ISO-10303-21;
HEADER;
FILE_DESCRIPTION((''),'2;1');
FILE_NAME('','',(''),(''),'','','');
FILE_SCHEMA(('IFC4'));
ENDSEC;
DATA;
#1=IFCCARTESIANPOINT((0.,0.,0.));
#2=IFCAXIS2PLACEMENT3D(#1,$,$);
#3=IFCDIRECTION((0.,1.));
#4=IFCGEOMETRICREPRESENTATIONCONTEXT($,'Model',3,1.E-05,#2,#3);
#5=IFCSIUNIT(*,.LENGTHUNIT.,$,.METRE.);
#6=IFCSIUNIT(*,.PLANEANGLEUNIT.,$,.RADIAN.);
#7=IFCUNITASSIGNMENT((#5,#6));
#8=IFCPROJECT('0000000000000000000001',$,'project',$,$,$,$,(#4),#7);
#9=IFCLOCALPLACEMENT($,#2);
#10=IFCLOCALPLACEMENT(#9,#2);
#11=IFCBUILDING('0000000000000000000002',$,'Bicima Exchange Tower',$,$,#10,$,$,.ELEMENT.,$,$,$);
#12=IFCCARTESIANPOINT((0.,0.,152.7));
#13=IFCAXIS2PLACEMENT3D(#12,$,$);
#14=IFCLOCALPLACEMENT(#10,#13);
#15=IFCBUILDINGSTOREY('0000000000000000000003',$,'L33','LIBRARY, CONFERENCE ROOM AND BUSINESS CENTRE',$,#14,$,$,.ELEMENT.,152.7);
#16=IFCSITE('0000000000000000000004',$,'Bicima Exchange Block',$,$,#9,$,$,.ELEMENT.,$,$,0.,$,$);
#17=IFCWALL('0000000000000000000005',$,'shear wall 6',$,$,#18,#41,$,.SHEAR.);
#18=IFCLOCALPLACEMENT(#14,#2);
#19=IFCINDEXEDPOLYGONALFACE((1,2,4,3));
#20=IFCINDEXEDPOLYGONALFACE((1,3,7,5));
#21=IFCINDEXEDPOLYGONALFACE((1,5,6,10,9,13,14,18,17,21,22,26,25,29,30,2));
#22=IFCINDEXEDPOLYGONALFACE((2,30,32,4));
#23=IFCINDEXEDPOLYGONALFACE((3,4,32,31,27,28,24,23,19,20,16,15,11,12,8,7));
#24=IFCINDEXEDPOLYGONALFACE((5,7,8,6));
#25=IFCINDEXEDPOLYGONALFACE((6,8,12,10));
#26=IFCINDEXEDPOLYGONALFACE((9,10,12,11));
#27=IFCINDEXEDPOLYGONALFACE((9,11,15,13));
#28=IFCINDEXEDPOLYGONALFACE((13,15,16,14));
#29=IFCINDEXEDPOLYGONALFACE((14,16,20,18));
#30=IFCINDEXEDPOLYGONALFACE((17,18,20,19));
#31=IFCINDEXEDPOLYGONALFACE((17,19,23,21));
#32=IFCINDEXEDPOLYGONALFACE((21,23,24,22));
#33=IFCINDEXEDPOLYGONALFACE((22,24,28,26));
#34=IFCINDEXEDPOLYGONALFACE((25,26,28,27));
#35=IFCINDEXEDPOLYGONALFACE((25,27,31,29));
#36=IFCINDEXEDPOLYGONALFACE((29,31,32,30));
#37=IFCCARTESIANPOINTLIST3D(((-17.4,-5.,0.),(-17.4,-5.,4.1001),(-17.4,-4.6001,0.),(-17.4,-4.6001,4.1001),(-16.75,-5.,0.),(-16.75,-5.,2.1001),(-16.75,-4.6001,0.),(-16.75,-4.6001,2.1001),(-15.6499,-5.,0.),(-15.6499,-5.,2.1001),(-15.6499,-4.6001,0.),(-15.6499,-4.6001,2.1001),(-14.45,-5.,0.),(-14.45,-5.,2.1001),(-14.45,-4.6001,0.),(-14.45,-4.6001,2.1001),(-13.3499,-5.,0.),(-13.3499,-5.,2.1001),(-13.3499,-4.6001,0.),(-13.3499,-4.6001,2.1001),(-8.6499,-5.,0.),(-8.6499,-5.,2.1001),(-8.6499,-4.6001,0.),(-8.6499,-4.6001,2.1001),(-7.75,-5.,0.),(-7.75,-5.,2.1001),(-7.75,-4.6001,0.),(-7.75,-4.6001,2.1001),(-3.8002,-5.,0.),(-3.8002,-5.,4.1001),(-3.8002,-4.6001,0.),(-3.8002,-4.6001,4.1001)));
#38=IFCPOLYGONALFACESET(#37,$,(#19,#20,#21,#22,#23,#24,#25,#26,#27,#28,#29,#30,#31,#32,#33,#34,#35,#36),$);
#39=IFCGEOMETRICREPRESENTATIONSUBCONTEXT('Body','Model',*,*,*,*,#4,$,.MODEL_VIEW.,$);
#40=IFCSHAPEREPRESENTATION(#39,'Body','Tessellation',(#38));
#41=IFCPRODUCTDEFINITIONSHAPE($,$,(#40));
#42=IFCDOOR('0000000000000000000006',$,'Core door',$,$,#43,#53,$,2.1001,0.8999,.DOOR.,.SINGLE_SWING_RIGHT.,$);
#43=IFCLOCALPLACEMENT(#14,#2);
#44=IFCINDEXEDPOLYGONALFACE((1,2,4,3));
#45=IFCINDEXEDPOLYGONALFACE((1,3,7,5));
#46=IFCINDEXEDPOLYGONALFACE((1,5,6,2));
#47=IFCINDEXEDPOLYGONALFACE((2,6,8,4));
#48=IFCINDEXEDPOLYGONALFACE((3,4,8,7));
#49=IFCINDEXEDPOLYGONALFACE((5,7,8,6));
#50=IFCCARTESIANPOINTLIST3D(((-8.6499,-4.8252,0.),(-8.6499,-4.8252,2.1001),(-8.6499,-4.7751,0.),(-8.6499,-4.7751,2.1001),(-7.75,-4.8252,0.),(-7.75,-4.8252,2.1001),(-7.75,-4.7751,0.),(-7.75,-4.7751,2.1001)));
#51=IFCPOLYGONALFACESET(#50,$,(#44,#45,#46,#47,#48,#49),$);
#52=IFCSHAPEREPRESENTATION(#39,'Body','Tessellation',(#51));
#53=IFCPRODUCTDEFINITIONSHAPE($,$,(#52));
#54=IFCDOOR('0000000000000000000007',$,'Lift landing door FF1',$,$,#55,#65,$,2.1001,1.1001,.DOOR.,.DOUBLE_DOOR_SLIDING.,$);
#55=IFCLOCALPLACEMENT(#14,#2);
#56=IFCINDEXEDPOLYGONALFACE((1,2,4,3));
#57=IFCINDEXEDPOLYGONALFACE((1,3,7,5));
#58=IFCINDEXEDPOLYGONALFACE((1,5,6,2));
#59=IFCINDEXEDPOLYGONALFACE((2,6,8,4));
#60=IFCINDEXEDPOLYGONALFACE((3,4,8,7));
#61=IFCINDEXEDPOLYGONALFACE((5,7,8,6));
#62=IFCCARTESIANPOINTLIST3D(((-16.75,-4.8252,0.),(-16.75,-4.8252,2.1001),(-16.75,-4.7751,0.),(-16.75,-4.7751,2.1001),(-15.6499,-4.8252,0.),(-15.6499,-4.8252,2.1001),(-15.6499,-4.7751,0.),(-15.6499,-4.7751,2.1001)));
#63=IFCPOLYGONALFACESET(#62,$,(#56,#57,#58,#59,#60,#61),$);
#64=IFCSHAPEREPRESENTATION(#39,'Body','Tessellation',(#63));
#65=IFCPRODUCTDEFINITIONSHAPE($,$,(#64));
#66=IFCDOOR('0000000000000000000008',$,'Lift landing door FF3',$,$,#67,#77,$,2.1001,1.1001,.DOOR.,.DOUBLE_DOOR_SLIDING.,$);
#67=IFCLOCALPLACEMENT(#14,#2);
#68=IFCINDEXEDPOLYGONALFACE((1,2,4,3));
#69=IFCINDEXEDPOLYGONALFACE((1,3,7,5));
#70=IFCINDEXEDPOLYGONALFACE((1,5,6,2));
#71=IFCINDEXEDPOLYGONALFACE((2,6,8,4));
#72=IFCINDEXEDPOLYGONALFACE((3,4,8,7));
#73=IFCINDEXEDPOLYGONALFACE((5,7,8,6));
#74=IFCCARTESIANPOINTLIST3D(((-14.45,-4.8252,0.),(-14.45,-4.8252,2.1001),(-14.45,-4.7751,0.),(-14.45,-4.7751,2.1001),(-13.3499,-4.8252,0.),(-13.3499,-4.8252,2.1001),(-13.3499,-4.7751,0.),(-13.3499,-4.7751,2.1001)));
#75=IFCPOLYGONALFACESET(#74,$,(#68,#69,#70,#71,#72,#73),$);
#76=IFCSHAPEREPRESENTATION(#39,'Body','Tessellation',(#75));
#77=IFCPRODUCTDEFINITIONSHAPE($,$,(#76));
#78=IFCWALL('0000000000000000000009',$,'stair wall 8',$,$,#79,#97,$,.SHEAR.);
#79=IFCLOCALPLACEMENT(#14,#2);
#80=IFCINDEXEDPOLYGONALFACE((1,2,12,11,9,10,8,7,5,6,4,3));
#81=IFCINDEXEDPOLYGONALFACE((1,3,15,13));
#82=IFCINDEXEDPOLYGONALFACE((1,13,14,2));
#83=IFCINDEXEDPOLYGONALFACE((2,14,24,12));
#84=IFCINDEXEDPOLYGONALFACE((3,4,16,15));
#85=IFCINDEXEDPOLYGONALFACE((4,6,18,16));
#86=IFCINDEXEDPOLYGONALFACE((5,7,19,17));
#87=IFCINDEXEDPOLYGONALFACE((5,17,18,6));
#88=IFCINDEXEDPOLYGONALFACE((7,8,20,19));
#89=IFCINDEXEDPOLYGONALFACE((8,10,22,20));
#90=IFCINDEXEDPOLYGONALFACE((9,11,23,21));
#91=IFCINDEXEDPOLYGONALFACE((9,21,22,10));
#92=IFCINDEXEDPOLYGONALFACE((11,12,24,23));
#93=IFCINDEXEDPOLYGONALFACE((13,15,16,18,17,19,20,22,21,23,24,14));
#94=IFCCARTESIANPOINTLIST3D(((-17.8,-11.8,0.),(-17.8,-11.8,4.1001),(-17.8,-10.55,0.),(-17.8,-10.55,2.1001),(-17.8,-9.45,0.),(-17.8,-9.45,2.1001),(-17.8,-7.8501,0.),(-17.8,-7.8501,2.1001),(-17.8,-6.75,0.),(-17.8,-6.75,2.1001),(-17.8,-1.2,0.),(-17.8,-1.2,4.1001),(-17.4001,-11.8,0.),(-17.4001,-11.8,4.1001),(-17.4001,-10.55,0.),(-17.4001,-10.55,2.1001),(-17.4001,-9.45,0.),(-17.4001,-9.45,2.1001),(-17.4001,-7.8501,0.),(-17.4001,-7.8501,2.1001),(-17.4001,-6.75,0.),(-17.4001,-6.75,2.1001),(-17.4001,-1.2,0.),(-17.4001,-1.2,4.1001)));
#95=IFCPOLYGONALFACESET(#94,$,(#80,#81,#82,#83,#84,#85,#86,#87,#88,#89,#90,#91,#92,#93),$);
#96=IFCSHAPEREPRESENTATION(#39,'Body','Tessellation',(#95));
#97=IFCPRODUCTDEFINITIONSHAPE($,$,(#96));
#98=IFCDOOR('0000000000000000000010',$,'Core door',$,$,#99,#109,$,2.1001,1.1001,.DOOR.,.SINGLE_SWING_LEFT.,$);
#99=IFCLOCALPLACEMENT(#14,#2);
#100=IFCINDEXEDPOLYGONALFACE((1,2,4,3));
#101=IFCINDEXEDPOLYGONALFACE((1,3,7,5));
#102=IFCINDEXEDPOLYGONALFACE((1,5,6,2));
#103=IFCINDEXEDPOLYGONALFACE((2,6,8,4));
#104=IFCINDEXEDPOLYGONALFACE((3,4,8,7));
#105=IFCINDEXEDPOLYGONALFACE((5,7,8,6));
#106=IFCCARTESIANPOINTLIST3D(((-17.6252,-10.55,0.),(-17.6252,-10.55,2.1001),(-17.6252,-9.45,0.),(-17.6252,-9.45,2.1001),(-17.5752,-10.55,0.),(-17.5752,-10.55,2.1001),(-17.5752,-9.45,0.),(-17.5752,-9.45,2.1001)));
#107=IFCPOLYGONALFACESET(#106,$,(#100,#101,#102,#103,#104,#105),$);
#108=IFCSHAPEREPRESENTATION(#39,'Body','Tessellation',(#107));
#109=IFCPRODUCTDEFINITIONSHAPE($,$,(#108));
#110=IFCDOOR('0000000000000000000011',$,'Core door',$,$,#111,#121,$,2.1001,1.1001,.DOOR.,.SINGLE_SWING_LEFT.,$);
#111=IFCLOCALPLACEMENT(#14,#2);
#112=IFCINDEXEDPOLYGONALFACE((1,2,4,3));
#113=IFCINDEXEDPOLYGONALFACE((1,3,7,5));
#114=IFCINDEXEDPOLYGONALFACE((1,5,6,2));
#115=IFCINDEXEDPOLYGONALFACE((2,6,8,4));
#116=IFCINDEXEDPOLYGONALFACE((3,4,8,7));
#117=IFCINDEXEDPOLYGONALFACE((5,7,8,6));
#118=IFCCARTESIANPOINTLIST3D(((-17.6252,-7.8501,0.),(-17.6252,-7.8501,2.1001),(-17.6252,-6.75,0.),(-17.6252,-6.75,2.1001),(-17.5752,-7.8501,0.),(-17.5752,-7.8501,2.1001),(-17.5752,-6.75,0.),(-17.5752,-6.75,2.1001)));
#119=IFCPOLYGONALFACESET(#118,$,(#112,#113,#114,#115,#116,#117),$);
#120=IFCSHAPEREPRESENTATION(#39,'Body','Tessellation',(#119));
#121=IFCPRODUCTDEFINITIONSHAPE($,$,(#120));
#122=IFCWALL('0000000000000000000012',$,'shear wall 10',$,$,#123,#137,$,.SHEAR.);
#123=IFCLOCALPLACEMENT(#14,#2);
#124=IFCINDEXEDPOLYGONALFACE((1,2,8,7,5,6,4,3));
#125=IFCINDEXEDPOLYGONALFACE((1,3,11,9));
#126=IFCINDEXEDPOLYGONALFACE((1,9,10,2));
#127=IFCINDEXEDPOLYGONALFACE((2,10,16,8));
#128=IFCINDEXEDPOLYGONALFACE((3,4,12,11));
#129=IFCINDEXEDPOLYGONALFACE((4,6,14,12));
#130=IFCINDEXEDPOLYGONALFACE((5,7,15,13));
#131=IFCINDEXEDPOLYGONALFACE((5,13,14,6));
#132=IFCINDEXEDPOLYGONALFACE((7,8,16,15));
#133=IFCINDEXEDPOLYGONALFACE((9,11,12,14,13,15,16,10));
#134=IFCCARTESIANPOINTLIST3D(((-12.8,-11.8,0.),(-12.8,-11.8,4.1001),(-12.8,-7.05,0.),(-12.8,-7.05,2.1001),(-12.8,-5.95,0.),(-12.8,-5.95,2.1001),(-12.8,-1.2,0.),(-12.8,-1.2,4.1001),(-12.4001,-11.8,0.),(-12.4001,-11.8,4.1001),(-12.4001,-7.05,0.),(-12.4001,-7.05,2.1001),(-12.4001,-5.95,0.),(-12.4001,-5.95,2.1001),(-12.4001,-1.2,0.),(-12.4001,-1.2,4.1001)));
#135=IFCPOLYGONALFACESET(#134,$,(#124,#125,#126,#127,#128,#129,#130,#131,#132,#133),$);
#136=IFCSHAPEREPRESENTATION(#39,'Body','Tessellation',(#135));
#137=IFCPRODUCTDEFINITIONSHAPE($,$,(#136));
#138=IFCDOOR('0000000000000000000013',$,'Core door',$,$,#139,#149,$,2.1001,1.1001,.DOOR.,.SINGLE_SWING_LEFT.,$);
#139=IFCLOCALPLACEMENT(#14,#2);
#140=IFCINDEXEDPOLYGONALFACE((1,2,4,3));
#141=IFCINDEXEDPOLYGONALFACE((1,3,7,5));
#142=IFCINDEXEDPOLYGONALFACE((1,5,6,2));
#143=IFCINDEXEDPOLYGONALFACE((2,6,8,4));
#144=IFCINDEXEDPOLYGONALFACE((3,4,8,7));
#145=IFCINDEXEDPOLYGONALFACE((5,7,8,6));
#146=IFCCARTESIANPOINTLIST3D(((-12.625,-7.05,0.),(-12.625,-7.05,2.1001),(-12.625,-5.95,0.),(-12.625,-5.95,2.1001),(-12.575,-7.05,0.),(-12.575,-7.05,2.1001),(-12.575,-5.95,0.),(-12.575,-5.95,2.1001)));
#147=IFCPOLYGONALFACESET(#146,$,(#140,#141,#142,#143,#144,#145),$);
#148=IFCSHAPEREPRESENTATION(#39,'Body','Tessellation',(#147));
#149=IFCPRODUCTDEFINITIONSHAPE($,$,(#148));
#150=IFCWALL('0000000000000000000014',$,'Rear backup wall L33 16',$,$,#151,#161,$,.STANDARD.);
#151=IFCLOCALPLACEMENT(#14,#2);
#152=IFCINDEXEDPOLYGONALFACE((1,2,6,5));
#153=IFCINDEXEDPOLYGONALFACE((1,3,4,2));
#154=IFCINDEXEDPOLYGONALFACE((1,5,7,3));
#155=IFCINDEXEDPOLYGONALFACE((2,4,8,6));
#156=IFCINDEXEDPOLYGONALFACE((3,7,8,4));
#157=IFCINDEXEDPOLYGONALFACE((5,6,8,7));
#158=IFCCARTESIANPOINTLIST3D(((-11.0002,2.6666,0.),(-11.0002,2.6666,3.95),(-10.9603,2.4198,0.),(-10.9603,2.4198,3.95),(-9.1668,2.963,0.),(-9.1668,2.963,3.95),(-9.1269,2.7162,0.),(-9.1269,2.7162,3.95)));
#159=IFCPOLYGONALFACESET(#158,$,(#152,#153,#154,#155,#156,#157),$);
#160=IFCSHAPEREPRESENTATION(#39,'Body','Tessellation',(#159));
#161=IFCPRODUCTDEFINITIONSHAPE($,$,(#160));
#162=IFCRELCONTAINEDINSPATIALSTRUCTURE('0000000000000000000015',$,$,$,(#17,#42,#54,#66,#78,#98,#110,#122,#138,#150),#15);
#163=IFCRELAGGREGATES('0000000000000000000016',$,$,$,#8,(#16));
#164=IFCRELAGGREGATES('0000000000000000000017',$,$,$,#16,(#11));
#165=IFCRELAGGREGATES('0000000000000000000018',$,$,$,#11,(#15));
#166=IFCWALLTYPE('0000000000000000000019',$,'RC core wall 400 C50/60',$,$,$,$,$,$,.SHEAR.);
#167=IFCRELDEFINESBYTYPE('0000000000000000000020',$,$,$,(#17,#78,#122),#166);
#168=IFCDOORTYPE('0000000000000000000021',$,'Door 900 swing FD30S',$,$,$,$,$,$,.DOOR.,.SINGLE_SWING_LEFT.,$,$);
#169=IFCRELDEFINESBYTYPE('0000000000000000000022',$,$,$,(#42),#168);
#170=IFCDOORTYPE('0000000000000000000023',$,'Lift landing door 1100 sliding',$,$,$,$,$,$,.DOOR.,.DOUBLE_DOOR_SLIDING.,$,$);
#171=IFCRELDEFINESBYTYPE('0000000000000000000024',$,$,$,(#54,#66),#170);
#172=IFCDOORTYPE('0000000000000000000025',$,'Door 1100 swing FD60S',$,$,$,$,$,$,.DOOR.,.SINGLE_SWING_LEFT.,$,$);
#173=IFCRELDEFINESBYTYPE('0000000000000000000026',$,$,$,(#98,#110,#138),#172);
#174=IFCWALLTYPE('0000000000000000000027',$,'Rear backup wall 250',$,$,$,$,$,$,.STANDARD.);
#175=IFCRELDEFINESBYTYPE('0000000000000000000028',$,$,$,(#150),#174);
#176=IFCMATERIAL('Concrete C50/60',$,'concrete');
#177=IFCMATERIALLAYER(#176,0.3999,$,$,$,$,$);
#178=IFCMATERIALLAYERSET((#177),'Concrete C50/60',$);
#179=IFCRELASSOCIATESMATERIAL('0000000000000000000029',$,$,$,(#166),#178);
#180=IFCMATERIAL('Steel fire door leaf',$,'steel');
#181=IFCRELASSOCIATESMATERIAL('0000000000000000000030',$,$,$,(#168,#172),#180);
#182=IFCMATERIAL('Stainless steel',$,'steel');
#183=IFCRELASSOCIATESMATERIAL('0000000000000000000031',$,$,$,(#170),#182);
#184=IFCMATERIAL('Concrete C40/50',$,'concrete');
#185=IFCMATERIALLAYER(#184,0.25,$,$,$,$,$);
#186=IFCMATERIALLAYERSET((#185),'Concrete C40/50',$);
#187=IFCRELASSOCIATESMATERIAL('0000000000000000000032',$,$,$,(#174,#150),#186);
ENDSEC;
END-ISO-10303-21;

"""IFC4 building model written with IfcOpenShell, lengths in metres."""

from ifc_helpers import new_model, si_unit, direction, frame, frame_2d, origin, place, context, subcontext, project, spatial, rectangle, extrude, material, layer, layer_set, layer_usage, type_object, element, fill, save


model = new_model("IFC4")

# Units and contexts
model_context = context("Model", 3, precision=1e-05, world=origin(), true_north=direction((0.0, 1.0)))
body_context = subcontext(model_context, "Body", "Model", "MODEL_VIEW")
ifc_project = project(units=[si_unit("LENGTHUNIT", "METRE"), si_unit("PLANEANGLEUNIT", "RADIAN")], contexts=[model_context])

# Site, building, storey
site_placement = place(None, origin())
site = spatial("IfcSite", under=ifc_project, at=site_placement, Name="Bicima Exchange Block", CompositionType="ELEMENT", RefElevation=0.0)
building_placement = place(site_placement, origin())
building = spatial("IfcBuilding", under=site, at=building_placement, Name="Bicima Exchange Tower", CompositionType="ELEMENT")
storey_placement = place(building_placement, frame((0.0, 0.0, 152.7)))
storey = spatial("IfcBuildingStorey", under=building, at=storey_placement, Name="L33", Description="LIBRARY, CONFERENCE ROOM AND BUSINESS CENTRE", CompositionType="ELEMENT", Elevation=152.7)

# Walls, openings, doors
ifc_material_1 = material(Name="Concrete C50/60", Category="concrete")
ifc_layer_1 = layer(ifc_material_1, 0.3999)
ifc_layer_set_1 = layer_set([ifc_layer_1], Name="Concrete C50/60")
wall_type_1 = type_object("IfcWallType", Name="RC core wall 400 C50/60", PredefinedType="SHEAR", material=ifc_layer_set_1)
ifc_material_2 = material(Name="Steel fire door leaf", Category="steel")
door_type_1 = type_object("IfcDoorType", Name="Door 900 swing FD30S", OperationType="SINGLE_SWING_LEFT", PredefinedType="DOOR", material=ifc_material_2)
ifc_material_3 = material(Name="Stainless steel", Category="steel")
wall_1_placement = place(storey_placement, frame((-17.3999, -4.8, 0.0), z_axis=(0.0, 0.0, 1.0), x_axis=(1.0, 0.0, 0.0)))
wall_1 = element("IfcWall", 1, at=wall_1_placement, inside=storey, type_object=wall_type_1, Name="shear wall 6", PredefinedType="SHEAR", context=body_context, shape_type="SweptSolid", body=[
    extrude(rectangle(XDim=13.5999, YDim=0.3999, at=frame_2d((6.7998, 0.0))), origin(), (0.0, 0.0, 1.0), 4.1001),
])
opening_1_placement = place(wall_1_placement, frame((0.6499, 0.0, 0.0)))
opening_1 = element("IfcOpeningElement", 2, at=opening_1_placement, cuts=wall_1, PredefinedType="OPENING", context=body_context, shape_type="SweptSolid", body=[
    extrude(rectangle(XDim=1.1001, YDim=2.1001, at=frame_2d((0.55, 1.05))), frame((0.0, 0.2119, 0.0), z_axis=(0.0, -1.0, 0.0), x_axis=(1.0, 0.0, 0.0)), (0.0, 0.0, 1.0), 0.4238),
])
opening_2_placement = place(wall_1_placement, frame((2.95, 0.0, 0.0)))
opening_2 = element("IfcOpeningElement", 3, at=opening_2_placement, cuts=wall_1, PredefinedType="OPENING", context=body_context, shape_type="SweptSolid", body=[
    extrude(rectangle(XDim=1.1001, YDim=2.1001, at=frame_2d((0.55, 1.05))), frame((0.0, 0.2119, 0.0), z_axis=(0.0, -1.0, 0.0), x_axis=(1.0, 0.0, 0.0)), (0.0, 0.0, 1.0), 0.4238),
])
opening_3_placement = place(wall_1_placement, frame((8.75, 0.0, 0.0)))
opening_3 = element("IfcOpeningElement", 4, at=opening_3_placement, cuts=wall_1, PredefinedType="OPENING", context=body_context, shape_type="SweptSolid", body=[
    extrude(rectangle(XDim=0.8999, YDim=2.1001, at=frame_2d((0.45, 1.05))), frame((0.0, 0.2119, 0.0), z_axis=(0.0, -1.0, 0.0), x_axis=(1.0, 0.0, 0.0)), (0.0, 0.0, 1.0), 0.4238),
])
door_1_placement = place(opening_3_placement, origin())
door_1 = element("IfcDoor", 5, at=door_1_placement, inside=storey, type_object=door_type_1, Name="Core door", OperationType="SINGLE_SWING_RIGHT", OverallHeight=2.1001, OverallWidth=0.8999, PredefinedType="DOOR", context=body_context, shape_type="SweptSolid", body=[
    extrude(rectangle(XDim=0.8999, YDim=2.1001, at=frame_2d((0.45, 1.05))), frame((0.0, 0.0249, 0.0), z_axis=(0.0, -1.0, 0.0), x_axis=(1.0, 0.0, 0.0)), (0.0, 0.0, 1.0), 0.05),
])
fill(opening_3, door_1)
door_type_2 = type_object("IfcDoorType", Name="Lift landing door 1100 sliding", OperationType="DOUBLE_DOOR_SLIDING", PredefinedType="DOOR", material=ifc_material_3)
door_2_placement = place(opening_1_placement, origin())
door_2 = element("IfcDoor", 6, at=door_2_placement, inside=storey, type_object=door_type_2, Name="Lift landing door FF1", OperationType="DOUBLE_DOOR_SLIDING", OverallHeight=2.1001, OverallWidth=1.1001, PredefinedType="DOOR", context=body_context, shape_type="SweptSolid", body=[
    extrude(rectangle(XDim=1.1001, YDim=2.1001, at=frame_2d((0.55, 1.05))), frame((0.0, 0.0249, 0.0), z_axis=(0.0, -1.0, 0.0), x_axis=(1.0, 0.0, 0.0)), (0.0, 0.0, 1.0), 0.05),
])
fill(opening_1, door_2)
door_3_placement = place(opening_2_placement, origin())
door_3 = element("IfcDoor", 7, at=door_3_placement, inside=storey, type_object=door_type_2, Name="Lift landing door FF3", OperationType="DOUBLE_DOOR_SLIDING", OverallHeight=2.1001, OverallWidth=1.1001, PredefinedType="DOOR", context=body_context, shape_type="SweptSolid", body=[
    extrude(rectangle(XDim=1.1001, YDim=2.1001, at=frame_2d((0.55, 1.05))), frame((0.0, 0.0249, 0.0), z_axis=(0.0, -1.0, 0.0), x_axis=(1.0, 0.0, 0.0)), (0.0, 0.0, 1.0), 0.05),
])
fill(opening_2, door_3)
wall_2_placement = place(storey_placement, frame((-17.6001, -11.8, 0.0), z_axis=(0.0, 0.0, 1.0), x_axis=(0.0, 1.0, 0.0)))
wall_2 = element("IfcWall", 8, at=wall_2_placement, inside=storey, type_object=wall_type_1, Name="stair wall 8", PredefinedType="SHEAR", context=body_context, shape_type="SweptSolid", body=[
    extrude(rectangle(XDim=10.6001, YDim=0.3999, at=frame_2d((5.3, 0.0))), origin(), (0.0, 0.0, 1.0), 4.1001),
])
opening_4_placement = place(wall_2_placement, frame((1.25, 0.0, 0.0)))
opening_4 = element("IfcOpeningElement", 9, at=opening_4_placement, cuts=wall_2, PredefinedType="OPENING", context=body_context, shape_type="SweptSolid", body=[
    extrude(rectangle(XDim=1.1001, YDim=2.1001, at=frame_2d((0.55, 1.05))), frame((0.0, 0.2119, 0.0), z_axis=(0.0, -1.0, 0.0), x_axis=(1.0, 0.0, 0.0)), (0.0, 0.0, 1.0), 0.4238),
])
opening_5_placement = place(wall_2_placement, frame((3.95, 0.0, 0.0)))
opening_5 = element("IfcOpeningElement", 10, at=opening_5_placement, cuts=wall_2, PredefinedType="OPENING", context=body_context, shape_type="SweptSolid", body=[
    extrude(rectangle(XDim=1.1001, YDim=2.1001, at=frame_2d((0.55, 1.05))), frame((0.0, 0.2119, 0.0), z_axis=(0.0, -1.0, 0.0), x_axis=(1.0, 0.0, 0.0)), (0.0, 0.0, 1.0), 0.4238),
])
door_type_3 = type_object("IfcDoorType", Name="Door 1100 swing FD60S", OperationType="SINGLE_SWING_LEFT", PredefinedType="DOOR", material=ifc_material_2)
door_4_placement = place(opening_4_placement, frame((1.1001, 0.0, 0.0), z_axis=(0.0, 0.0, 1.0), x_axis=(-1.0, 0.0, 0.0)))
door_4 = element("IfcDoor", 11, at=door_4_placement, inside=storey, type_object=door_type_3, Name="Core door", OperationType="SINGLE_SWING_LEFT", OverallHeight=2.1001, OverallWidth=1.1001, PredefinedType="DOOR", context=body_context, shape_type="SweptSolid", body=[
    extrude(rectangle(XDim=1.1001, YDim=2.1001, at=frame_2d((0.55, 1.05))), frame((0.0, 0.0249, 0.0), z_axis=(0.0, -1.0, 0.0), x_axis=(1.0, 0.0, 0.0)), (0.0, 0.0, 1.0), 0.05),
])
fill(opening_4, door_4)
door_5_placement = place(opening_5_placement, frame((1.1001, 0.0, 0.0), z_axis=(0.0, 0.0, 1.0), x_axis=(-1.0, 0.0, 0.0)))
door_5 = element("IfcDoor", 12, at=door_5_placement, inside=storey, type_object=door_type_3, Name="Core door", OperationType="SINGLE_SWING_LEFT", OverallHeight=2.1001, OverallWidth=1.1001, PredefinedType="DOOR", context=body_context, shape_type="SweptSolid", body=[
    extrude(rectangle(XDim=1.1001, YDim=2.1001, at=frame_2d((0.55, 1.05))), frame((0.0, 0.0249, 0.0), z_axis=(0.0, -1.0, 0.0), x_axis=(1.0, 0.0, 0.0)), (0.0, 0.0, 1.0), 0.05),
])
fill(opening_5, door_5)

# Wall, opening, door
wall_3_placement = place(storey_placement, frame((-12.6001, -11.8, 0.0), z_axis=(0.0, 0.0, 1.0), x_axis=(0.0, 1.0, 0.0)))
wall_3 = element("IfcWall", 13, at=wall_3_placement, inside=storey, type_object=wall_type_1, Name="shear wall 10", PredefinedType="SHEAR", context=body_context, shape_type="SweptSolid", body=[
    extrude(rectangle(XDim=10.6001, YDim=0.3999, at=frame_2d((5.3, 0.0))), origin(), (0.0, 0.0, 1.0), 4.1001),
])
opening_6_placement = place(wall_3_placement, frame((4.75, 0.0, 0.0)))
opening_6 = element("IfcOpeningElement", 14, at=opening_6_placement, cuts=wall_3, PredefinedType="OPENING", context=body_context, shape_type="SweptSolid", body=[
    extrude(rectangle(XDim=1.1001, YDim=2.1001, at=frame_2d((0.55, 1.05))), frame((0.0, 0.2119, 0.0), z_axis=(0.0, -1.0, 0.0), x_axis=(1.0, 0.0, 0.0)), (0.0, 0.0, 1.0), 0.4238),
])
door_6_placement = place(opening_6_placement, origin())
door_6 = element("IfcDoor", 15, at=door_6_placement, inside=storey, type_object=door_type_3, Name="Core door", OperationType="SINGLE_SWING_LEFT", OverallHeight=2.1001, OverallWidth=1.1001, PredefinedType="DOOR", context=body_context, shape_type="SweptSolid", body=[
    extrude(rectangle(XDim=1.1001, YDim=2.1001, at=frame_2d((0.55, 1.05))), frame((0.0, 0.0249, 0.0), z_axis=(0.0, -1.0, 0.0), x_axis=(1.0, 0.0, 0.0)), (0.0, 0.0, 1.0), 0.05),
])
fill(opening_6, door_6)

# Wall
ifc_material_4 = material(Name="Concrete C40/50", Category="concrete")
ifc_layer_2 = layer(ifc_material_4, 0.25)
ifc_layer_set_2 = layer_set([ifc_layer_2], Name="Concrete C40/50")
ifc_layer_usage = layer_usage(ifc_layer_set_2, "AXIS2", "POSITIVE", -0.125)
wall_type_2 = type_object("IfcWallType", Name="Rear backup wall 250", PredefinedType="STANDARD", material=ifc_layer_set_2)
wall_4_placement = place(storey_placement, frame((-9.1467, 2.8396, 0.0), z_axis=(0.0, 0.0, 1.0), x_axis=(-0.987182, -0.1596, 0.0)))
element("IfcWall", 16, at=wall_4_placement, inside=storey, type_object=wall_type_2, material=ifc_layer_usage, Name="Rear backup wall L33 16", PredefinedType="STANDARD", context=body_context, shape_type="SweptSolid", body=[
    extrude(rectangle(XDim=1.8572, YDim=0.25, at=frame_2d((0.9287, 0.0))), origin(), (0.0, 0.0, 1.0), 3.95),
])

save(model, "model.ifc")
